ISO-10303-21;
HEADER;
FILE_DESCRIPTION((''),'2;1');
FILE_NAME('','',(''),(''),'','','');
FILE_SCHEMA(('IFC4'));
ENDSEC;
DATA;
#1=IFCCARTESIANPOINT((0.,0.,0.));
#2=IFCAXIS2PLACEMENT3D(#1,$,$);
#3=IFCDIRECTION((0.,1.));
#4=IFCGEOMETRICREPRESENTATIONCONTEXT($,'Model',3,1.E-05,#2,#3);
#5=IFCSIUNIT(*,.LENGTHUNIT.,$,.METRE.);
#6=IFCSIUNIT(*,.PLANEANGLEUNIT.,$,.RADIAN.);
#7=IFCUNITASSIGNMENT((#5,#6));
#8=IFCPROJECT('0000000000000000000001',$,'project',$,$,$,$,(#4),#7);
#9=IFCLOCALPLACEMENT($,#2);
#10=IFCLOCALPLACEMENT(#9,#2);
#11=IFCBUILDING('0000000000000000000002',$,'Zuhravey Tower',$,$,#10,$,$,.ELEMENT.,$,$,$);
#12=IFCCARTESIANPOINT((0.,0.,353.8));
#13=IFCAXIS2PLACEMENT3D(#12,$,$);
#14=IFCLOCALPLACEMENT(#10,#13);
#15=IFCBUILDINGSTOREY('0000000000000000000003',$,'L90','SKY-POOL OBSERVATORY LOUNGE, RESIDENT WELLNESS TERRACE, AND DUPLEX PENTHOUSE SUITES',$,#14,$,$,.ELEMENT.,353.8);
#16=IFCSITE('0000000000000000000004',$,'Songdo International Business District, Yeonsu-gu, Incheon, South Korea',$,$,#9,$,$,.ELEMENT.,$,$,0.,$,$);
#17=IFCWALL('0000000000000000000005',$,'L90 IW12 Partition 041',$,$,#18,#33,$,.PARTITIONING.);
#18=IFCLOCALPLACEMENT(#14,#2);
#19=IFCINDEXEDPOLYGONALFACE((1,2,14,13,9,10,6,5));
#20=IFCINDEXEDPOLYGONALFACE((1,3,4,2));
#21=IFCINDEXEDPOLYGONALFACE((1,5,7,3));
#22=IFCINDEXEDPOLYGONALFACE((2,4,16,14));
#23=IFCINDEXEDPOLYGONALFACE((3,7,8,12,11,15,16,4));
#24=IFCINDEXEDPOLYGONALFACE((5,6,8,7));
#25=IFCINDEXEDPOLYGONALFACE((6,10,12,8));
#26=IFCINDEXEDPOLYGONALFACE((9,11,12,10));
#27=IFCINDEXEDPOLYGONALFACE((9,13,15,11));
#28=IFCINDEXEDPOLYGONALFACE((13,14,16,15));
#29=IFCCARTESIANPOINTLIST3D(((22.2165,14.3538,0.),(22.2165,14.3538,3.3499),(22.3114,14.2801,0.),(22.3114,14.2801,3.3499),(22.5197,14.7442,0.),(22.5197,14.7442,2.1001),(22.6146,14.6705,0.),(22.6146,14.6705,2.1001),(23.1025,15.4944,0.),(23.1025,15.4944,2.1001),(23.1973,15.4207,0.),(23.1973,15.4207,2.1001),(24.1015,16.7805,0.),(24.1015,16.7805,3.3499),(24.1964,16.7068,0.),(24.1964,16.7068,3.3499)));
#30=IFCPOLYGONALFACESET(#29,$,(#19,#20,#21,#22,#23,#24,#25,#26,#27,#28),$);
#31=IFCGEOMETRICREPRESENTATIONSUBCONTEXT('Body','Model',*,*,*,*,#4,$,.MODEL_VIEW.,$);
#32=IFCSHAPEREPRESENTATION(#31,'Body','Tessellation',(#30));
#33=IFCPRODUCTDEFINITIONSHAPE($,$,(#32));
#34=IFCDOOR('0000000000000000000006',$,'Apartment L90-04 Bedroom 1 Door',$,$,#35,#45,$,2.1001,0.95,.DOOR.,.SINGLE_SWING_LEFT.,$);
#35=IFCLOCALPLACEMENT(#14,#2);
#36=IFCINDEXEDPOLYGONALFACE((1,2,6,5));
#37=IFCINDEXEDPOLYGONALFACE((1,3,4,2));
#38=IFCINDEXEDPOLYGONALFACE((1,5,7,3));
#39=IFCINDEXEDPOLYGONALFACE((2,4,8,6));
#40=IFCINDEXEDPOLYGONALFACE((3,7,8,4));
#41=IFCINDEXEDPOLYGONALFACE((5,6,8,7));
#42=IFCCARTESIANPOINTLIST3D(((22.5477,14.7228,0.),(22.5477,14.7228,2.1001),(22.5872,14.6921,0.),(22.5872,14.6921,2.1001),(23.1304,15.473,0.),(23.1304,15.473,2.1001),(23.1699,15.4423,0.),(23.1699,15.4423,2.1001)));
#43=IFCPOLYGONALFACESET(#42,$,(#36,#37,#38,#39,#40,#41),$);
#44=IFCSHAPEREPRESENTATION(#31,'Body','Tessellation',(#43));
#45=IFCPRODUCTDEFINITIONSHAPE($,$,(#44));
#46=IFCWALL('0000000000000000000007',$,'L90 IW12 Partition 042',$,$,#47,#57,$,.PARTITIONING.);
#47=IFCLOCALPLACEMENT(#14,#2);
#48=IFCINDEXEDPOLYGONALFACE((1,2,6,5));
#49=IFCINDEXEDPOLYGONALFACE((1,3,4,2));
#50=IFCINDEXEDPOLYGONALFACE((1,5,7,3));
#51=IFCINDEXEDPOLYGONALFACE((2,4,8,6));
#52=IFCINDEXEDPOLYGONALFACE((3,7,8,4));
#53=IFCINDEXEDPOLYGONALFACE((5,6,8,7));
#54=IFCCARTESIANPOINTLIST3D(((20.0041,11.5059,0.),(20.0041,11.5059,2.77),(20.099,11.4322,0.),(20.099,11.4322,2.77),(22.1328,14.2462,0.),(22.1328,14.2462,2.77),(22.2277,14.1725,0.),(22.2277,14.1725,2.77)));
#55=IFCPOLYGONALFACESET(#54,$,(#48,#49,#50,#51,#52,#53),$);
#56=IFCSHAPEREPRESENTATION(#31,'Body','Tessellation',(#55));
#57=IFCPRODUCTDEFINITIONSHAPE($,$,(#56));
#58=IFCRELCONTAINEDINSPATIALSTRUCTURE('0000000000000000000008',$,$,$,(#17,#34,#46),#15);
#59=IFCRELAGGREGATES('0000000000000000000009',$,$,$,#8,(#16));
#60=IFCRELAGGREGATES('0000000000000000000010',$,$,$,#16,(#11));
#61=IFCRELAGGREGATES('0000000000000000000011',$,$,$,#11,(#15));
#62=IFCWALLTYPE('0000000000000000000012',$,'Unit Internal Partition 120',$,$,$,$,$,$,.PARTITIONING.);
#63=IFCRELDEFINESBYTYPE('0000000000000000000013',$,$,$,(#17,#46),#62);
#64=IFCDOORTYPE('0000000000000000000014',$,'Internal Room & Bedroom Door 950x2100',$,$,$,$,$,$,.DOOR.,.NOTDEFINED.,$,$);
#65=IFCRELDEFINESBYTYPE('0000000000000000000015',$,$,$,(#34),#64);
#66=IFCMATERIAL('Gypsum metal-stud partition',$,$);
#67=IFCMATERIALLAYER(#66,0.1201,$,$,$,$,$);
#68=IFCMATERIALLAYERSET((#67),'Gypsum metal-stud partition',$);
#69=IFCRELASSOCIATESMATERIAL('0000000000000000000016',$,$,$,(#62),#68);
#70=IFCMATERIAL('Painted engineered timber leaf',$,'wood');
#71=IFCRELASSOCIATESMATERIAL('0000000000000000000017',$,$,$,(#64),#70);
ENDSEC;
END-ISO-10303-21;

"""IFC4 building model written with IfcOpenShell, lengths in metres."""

from ifc_helpers import new_model, si_unit, direction, frame, frame_2d, origin, place, context, subcontext, project, spatial, rectangle, extrude, material, layer, layer_set, type_object, element, fill, save


model = new_model("IFC4")

# Units and contexts
model_context = context("Model", 3, precision=1e-05, world=origin(), true_north=direction((0.0, 1.0)))
body_context = subcontext(model_context, "Body", "Model", "MODEL_VIEW")
ifc_project = project(units=[si_unit("LENGTHUNIT", "METRE"), si_unit("PLANEANGLEUNIT", "RADIAN")], contexts=[model_context])

# Site, building, storey
site_placement = place(None, origin())
site = spatial("IfcSite", under=ifc_project, at=site_placement, Name="Songdo International Business District, Yeonsu-gu, Incheon, South Korea", CompositionType="ELEMENT", RefElevation=0.0)
building_placement = place(site_placement, origin())
building = spatial("IfcBuilding", under=site, at=building_placement, Name="Zuhravey Tower", CompositionType="ELEMENT")
storey_placement = place(building_placement, frame((0.0, 0.0, 353.8)))
storey = spatial("IfcBuildingStorey", under=building, at=storey_placement, Name="L90", Description="SKY-POOL OBSERVATORY LOUNGE, RESIDENT WELLNESS TERRACE, AND DUPLEX PENTHOUSE SUITES", CompositionType="ELEMENT", Elevation=353.8)

# Wall, opening, door
ifc_material_1 = material(Name="Gypsum metal-stud partition")
ifc_layer_1 = layer(ifc_material_1, 0.1201)
ifc_layer_set_1 = layer_set([ifc_layer_1], Name="Gypsum metal-stud partition")
wall_type_1 = type_object("IfcWallType", Name="Unit Internal Partition 120", PredefinedType="PARTITIONING", material=ifc_layer_set_1)
ifc_material_2 = material(Name="Painted engineered timber leaf", Category="wood")
door_type = type_object("IfcDoorType", Name="Internal Room & Bedroom Door 950x2100", OperationType="NOTDEFINED", PredefinedType="DOOR", material=ifc_material_2)
wall_1_placement = place(storey_placement, frame((24.1489, 16.7437, 0.0), z_axis=(0.0, 0.0, 1.0), x_axis=(-0.61344, -0.789741, 0.0)))
wall_1 = element("IfcWall", 1, at=wall_1_placement, inside=storey, type_object=wall_type_1, Name="L90 IW12 Partition 041", PredefinedType="PARTITIONING", context=body_context, shape_type="SweptSolid", body=[
    extrude(rectangle(XDim=3.0728, YDim=0.1201, at=frame_2d((1.5364, 0.0))), origin(), (0.0, 0.0, 1.0), 3.3499),
])
opening_1_placement = place(wall_1_placement, frame((1.6284, 0.0, 0.0)))
opening_1 = element("IfcOpeningElement", 2, at=opening_1_placement, cuts=wall_1, PredefinedType="OPENING", context=body_context, shape_type="SweptSolid", body=[
    extrude(rectangle(XDim=0.95, YDim=2.1001, at=frame_2d((0.4751, 1.05))), frame((0.0, 0.072, 0.0), z_axis=(0.0, -1.0, 0.0), x_axis=(1.0, 0.0, 0.0)), (0.0, 0.0, 1.0), 0.144),
])
door_1_placement = place(opening_1_placement, frame((0.95, 0.0, 0.0), z_axis=(0.0, 0.0, 1.0), x_axis=(-1.0, 0.0, 0.0)))
door_1 = element("IfcDoor", 3, at=door_1_placement, inside=storey, type_object=door_type, Name="Apartment L90-04 Bedroom 1 Door", OperationType="SINGLE_SWING_LEFT", OverallHeight=2.1001, OverallWidth=0.95, PredefinedType="DOOR", context=body_context, shape_type="SweptSolid", body=[
    extrude(rectangle(XDim=0.95, YDim=2.1001, at=frame_2d((0.4751, 1.05))), frame((0.0, 0.0249, 0.0), z_axis=(0.0, -1.0, 0.0), x_axis=(1.0, 0.0, 0.0)), (0.0, 0.0, 1.0), 0.05),
])
fill(opening_1, door_1)

# Wall
wall_2_placement = place(storey_placement, frame((22.1802, 14.2092, 0.0), z_axis=(0.0, 0.0, 1.0), x_axis=(-0.613468, -0.78972, 0.0)))
element("IfcWall", 4, at=wall_2_placement, inside=storey, type_object=wall_type_1, Name="L90 IW12 Partition 042", PredefinedType="PARTITIONING", context=body_context, shape_type="SweptSolid", body=[
    extrude(rectangle(XDim=3.47, YDim=0.1201, at=frame_2d((1.7349, 0.0))), origin(), (0.0, 0.0, 1.0), 2.77),
])

save(model, "model.ifc")
